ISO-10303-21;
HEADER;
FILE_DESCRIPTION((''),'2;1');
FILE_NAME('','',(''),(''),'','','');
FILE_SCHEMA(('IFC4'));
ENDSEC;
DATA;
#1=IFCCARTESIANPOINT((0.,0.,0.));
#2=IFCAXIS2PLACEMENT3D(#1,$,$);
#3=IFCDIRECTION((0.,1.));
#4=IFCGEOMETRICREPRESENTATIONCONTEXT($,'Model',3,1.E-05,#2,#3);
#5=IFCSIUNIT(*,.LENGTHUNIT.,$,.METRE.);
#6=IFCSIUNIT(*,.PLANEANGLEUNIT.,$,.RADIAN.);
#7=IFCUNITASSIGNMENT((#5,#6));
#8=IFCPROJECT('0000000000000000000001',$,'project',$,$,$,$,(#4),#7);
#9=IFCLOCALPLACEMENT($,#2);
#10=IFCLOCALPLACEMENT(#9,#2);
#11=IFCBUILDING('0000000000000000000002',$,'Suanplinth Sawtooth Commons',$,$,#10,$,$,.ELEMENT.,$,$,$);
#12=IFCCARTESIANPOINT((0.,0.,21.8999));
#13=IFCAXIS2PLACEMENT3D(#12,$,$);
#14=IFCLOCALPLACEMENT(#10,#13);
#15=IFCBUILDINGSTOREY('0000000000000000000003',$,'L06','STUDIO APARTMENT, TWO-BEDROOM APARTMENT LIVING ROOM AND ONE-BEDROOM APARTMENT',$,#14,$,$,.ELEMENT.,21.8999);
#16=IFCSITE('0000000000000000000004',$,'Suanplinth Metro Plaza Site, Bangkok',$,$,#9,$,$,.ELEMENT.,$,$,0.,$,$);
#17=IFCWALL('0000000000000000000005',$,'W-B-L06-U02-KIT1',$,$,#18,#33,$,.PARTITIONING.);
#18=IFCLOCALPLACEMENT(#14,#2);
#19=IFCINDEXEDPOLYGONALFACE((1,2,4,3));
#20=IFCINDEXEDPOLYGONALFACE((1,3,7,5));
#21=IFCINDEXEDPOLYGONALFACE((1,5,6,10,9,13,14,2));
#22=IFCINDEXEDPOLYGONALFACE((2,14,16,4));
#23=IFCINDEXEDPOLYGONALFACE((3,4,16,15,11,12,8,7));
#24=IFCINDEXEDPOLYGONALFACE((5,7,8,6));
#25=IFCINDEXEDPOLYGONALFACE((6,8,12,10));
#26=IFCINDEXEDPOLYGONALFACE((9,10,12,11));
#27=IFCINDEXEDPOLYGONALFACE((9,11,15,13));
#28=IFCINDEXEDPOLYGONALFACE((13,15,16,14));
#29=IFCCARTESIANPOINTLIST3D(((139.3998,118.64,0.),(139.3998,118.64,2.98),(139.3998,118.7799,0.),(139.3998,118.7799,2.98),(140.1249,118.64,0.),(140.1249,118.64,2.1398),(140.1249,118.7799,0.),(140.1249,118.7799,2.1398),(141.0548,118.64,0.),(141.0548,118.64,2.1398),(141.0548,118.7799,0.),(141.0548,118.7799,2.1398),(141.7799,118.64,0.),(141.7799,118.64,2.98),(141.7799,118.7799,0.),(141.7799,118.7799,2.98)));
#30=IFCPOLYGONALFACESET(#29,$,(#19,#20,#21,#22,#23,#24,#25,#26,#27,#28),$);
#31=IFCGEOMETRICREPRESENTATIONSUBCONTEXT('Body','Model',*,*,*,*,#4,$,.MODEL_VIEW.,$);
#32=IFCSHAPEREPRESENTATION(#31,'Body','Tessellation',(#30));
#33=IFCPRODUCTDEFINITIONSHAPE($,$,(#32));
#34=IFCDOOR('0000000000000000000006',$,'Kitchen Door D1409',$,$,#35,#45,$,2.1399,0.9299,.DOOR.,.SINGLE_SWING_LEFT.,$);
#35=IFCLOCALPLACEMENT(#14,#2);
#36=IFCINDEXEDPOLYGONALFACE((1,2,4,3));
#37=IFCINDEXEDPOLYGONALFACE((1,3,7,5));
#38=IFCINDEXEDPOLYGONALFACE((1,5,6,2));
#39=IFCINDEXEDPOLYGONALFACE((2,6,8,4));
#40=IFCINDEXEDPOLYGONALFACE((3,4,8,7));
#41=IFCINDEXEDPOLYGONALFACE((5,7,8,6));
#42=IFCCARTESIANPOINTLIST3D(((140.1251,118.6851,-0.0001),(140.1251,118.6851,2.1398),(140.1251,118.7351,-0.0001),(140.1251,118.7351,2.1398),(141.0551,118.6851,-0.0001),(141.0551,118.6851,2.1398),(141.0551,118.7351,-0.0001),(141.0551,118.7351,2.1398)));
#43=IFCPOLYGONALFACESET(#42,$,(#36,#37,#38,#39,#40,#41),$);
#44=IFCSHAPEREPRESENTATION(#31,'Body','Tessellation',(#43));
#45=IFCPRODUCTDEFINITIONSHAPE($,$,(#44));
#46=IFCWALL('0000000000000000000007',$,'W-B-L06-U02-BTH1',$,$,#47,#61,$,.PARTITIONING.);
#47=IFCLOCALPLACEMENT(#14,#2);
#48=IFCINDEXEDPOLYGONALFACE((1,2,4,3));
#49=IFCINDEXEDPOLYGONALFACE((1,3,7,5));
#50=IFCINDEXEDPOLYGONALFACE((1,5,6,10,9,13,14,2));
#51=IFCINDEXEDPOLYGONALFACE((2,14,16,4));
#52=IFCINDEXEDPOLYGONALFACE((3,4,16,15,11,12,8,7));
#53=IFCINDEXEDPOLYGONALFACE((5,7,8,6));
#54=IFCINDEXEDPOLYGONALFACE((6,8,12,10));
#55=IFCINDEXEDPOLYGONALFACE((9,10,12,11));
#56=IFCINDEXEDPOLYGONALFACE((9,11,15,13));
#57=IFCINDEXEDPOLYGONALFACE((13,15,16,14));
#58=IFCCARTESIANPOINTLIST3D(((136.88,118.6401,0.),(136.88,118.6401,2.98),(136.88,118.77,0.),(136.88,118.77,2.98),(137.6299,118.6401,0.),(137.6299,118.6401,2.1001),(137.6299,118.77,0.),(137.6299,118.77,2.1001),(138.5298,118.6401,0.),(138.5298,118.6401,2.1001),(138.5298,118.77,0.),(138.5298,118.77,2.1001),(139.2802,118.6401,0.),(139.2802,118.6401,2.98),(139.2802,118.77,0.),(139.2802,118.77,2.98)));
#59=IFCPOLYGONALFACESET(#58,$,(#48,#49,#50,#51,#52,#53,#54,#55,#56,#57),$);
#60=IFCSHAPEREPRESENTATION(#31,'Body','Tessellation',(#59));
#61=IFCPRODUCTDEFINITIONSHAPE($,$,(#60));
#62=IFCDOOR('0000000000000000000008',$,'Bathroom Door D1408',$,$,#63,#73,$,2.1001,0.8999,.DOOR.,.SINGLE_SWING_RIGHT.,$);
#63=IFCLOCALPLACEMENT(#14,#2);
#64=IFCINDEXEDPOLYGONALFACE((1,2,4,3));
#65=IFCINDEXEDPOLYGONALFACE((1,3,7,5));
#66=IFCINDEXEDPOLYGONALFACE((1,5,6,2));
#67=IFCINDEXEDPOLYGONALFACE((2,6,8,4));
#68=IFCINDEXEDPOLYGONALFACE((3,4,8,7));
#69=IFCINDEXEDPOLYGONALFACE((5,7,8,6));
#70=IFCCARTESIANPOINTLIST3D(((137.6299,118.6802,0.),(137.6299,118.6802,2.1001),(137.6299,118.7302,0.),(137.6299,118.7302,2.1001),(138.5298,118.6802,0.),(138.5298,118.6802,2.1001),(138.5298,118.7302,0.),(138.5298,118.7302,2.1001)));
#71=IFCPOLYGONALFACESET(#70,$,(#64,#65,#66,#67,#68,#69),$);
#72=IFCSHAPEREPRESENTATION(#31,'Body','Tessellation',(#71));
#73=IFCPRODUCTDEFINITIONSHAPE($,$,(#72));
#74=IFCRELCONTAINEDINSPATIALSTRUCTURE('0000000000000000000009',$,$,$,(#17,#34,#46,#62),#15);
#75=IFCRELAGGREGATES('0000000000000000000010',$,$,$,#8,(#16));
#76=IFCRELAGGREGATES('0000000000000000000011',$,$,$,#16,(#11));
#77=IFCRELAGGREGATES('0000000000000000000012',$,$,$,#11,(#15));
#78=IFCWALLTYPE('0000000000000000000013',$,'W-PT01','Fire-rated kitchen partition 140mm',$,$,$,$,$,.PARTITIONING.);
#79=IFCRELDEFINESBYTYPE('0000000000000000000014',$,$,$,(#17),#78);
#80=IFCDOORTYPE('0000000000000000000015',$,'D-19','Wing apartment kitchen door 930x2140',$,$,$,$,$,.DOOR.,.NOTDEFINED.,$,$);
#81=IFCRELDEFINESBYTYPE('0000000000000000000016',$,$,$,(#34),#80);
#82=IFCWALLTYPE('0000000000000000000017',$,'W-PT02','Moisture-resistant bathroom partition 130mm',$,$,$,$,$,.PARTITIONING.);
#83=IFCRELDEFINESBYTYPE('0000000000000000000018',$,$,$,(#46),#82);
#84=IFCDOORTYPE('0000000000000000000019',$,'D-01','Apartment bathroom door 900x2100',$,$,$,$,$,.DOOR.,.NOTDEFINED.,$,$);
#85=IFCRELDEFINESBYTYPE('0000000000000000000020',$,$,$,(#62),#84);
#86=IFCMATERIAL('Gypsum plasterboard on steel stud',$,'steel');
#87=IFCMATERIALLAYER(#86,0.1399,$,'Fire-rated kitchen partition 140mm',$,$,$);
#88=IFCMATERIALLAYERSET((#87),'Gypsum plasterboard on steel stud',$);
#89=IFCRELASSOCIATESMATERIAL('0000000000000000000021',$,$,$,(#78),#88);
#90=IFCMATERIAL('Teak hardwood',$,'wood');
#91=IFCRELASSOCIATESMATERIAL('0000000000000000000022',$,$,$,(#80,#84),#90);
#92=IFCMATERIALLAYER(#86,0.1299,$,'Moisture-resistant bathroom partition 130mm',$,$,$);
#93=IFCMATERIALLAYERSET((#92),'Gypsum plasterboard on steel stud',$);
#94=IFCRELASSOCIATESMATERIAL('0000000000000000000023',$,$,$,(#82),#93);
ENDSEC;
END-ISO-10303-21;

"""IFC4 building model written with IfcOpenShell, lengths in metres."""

from ifc_helpers import new_model, si_unit, direction, frame, frame_2d, origin, place, context, subcontext, project, spatial, rectangle, extrude, material, layer, layer_set, type_object, element, fill, save


model = new_model("IFC4")

# Units and contexts
model_context = context("Model", 3, precision=1e-05, world=origin(), true_north=direction((0.0, 1.0)))
body_context = subcontext(model_context, "Body", "Model", "MODEL_VIEW")
ifc_project = project(units=[si_unit("LENGTHUNIT", "METRE"), si_unit("PLANEANGLEUNIT", "RADIAN")], contexts=[model_context])

# Site, building, storey
site_placement = place(None, origin())
site = spatial("IfcSite", under=ifc_project, at=site_placement, Name="Suanplinth Metro Plaza Site, Bangkok", CompositionType="ELEMENT", RefElevation=0.0)
building_placement = place(site_placement, origin())
building = spatial("IfcBuilding", under=site, at=building_placement, Name="Suanplinth Sawtooth Commons", CompositionType="ELEMENT")
storey_placement = place(building_placement, frame((0.0, 0.0, 21.8999)))
storey = spatial("IfcBuildingStorey", under=building, at=storey_placement, Name="L06", Description="STUDIO APARTMENT, TWO-BEDROOM APARTMENT LIVING ROOM AND ONE-BEDROOM APARTMENT", CompositionType="ELEMENT", Elevation=21.8999)

# Walls, openings, doors
ifc_material_1 = material(Name="Gypsum plasterboard on steel stud", Category="steel")
ifc_layer_1 = layer(ifc_material_1, 0.1399, Name="Fire-rated kitchen partition 140mm")
ifc_layer_set_1 = layer_set([ifc_layer_1], Name="Gypsum plasterboard on steel stud")
wall_type_1 = type_object("IfcWallType", Name="W-PT01", Description="Fire-rated kitchen partition 140mm", PredefinedType="PARTITIONING", material=ifc_layer_set_1)
ifc_material_2 = material(Name="Teak hardwood", Category="wood")
door_type_1 = type_object("IfcDoorType", Name="D-19", Description="Wing apartment kitchen door 930x2140", OperationType="NOTDEFINED", PredefinedType="DOOR", material=ifc_material_2)
wall_1_placement = place(storey_placement, frame((139.3999, 118.71, 0.0), z_axis=(0.0, 0.0, 1.0), x_axis=(1.0, 0.0, 0.0)))
wall_1 = element("IfcWall", 1, at=wall_1_placement, inside=storey, type_object=wall_type_1, Name="W-B-L06-U02-KIT1", PredefinedType="PARTITIONING", context=body_context, shape_type="SweptSolid", body=[
    extrude(rectangle(XDim=2.3801, YDim=0.1399, at=frame_2d((1.1899, 0.0))), origin(), (0.0, 0.0, 1.0), 2.98),
])
opening_1_placement = place(wall_1_placement, frame((0.7251, 0.0, 0.0)))
opening_1 = element("IfcOpeningElement", 2, at=opening_1_placement, cuts=wall_1, PredefinedType="OPENING", context=body_context, shape_type="SweptSolid", body=[
    extrude(rectangle(XDim=0.9299, YDim=2.1399, at=frame_2d((0.4648, 1.0698))), frame((0.0, 0.085, 0.0), z_axis=(0.0, -1.0, 0.0), x_axis=(1.0, 0.0, 0.0)), (0.0, 0.0, 1.0), 0.1697),
])
door_1_placement = place(opening_1_placement, frame((0.9299, 0.0, 0.0), z_axis=(0.0, 0.0, 1.0), x_axis=(-1.0, 0.0, 0.0)))
door_1 = element("IfcDoor", 3, at=door_1_placement, inside=storey, type_object=door_type_1, Name="Kitchen Door D1409", OperationType="SINGLE_SWING_LEFT", OverallHeight=2.1399, OverallWidth=0.9299, PredefinedType="DOOR", context=body_context, shape_type="SweptSolid", body=[
    extrude(rectangle(XDim=0.9299, YDim=2.1399, at=frame_2d((0.4648, 1.0698))), frame((0.0, 0.0249, 0.0), z_axis=(0.0, -1.0, 0.0), x_axis=(1.0, 0.0, 0.0)), (0.0, 0.0, 1.0), 0.05),
])
fill(opening_1, door_1)
ifc_layer_2 = layer(ifc_material_1, 0.1299, Name="Moisture-resistant bathroom partition 130mm")
ifc_layer_set_2 = layer_set([ifc_layer_2], Name="Gypsum plasterboard on steel stud")
wall_type_2 = type_object("IfcWallType", Name="W-PT02", Description="Moisture-resistant bathroom partition 130mm", PredefinedType="PARTITIONING", material=ifc_layer_set_2)
wall_2_placement = place(storey_placement, frame((136.8799, 118.7051, 0.0), z_axis=(0.0, 0.0, 1.0), x_axis=(1.0, 0.0, 0.0)))
wall_2 = element("IfcWall", 4, at=wall_2_placement, inside=storey, type_object=wall_type_2, Name="W-B-L06-U02-BTH1", PredefinedType="PARTITIONING", context=body_context, shape_type="SweptSolid", body=[
    extrude(rectangle(XDim=2.4001, YDim=0.1299, at=frame_2d((1.2002, 0.0))), origin(), (0.0, 0.0, 1.0), 2.98),
])
opening_2_placement = place(wall_2_placement, frame((0.75, 0.0, 0.0)))
opening_2 = element("IfcOpeningElement", 5, at=opening_2_placement, cuts=wall_2, PredefinedType="OPENING", context=body_context, shape_type="SweptSolid", body=[
    extrude(rectangle(XDim=0.8999, YDim=2.1001, at=frame_2d((0.45, 1.05))), frame((0.0, 0.0798, 0.0), z_axis=(0.0, -1.0, 0.0), x_axis=(1.0, 0.0, 0.0)), (0.0, 0.0, 1.0), 0.1597),
])
door_type_2 = type_object("IfcDoorType", Name="D-01", Description="Apartment bathroom door 900x2100", OperationType="NOTDEFINED", PredefinedType="DOOR", material=ifc_material_2)
door_2_placement = place(opening_2_placement, frame((0.8999, 0.0, 0.0), z_axis=(0.0, 0.0, 1.0), x_axis=(-1.0, 0.0, 0.0)))
door_2 = element("IfcDoor", 6, at=door_2_placement, inside=storey, type_object=door_type_2, Name="Bathroom Door D1408", OperationType="SINGLE_SWING_RIGHT", OverallHeight=2.1001, OverallWidth=0.8999, PredefinedType="DOOR", context=body_context, shape_type="SweptSolid", body=[
    extrude(rectangle(XDim=0.8999, YDim=2.1001, at=frame_2d((0.45, 1.05))), frame((0.0, 0.0249, 0.0), z_axis=(0.0, -1.0, 0.0), x_axis=(1.0, 0.0, 0.0)), (0.0, 0.0, 1.0), 0.05),
])
fill(opening_2, door_2)

save(model, "model.ifc")
